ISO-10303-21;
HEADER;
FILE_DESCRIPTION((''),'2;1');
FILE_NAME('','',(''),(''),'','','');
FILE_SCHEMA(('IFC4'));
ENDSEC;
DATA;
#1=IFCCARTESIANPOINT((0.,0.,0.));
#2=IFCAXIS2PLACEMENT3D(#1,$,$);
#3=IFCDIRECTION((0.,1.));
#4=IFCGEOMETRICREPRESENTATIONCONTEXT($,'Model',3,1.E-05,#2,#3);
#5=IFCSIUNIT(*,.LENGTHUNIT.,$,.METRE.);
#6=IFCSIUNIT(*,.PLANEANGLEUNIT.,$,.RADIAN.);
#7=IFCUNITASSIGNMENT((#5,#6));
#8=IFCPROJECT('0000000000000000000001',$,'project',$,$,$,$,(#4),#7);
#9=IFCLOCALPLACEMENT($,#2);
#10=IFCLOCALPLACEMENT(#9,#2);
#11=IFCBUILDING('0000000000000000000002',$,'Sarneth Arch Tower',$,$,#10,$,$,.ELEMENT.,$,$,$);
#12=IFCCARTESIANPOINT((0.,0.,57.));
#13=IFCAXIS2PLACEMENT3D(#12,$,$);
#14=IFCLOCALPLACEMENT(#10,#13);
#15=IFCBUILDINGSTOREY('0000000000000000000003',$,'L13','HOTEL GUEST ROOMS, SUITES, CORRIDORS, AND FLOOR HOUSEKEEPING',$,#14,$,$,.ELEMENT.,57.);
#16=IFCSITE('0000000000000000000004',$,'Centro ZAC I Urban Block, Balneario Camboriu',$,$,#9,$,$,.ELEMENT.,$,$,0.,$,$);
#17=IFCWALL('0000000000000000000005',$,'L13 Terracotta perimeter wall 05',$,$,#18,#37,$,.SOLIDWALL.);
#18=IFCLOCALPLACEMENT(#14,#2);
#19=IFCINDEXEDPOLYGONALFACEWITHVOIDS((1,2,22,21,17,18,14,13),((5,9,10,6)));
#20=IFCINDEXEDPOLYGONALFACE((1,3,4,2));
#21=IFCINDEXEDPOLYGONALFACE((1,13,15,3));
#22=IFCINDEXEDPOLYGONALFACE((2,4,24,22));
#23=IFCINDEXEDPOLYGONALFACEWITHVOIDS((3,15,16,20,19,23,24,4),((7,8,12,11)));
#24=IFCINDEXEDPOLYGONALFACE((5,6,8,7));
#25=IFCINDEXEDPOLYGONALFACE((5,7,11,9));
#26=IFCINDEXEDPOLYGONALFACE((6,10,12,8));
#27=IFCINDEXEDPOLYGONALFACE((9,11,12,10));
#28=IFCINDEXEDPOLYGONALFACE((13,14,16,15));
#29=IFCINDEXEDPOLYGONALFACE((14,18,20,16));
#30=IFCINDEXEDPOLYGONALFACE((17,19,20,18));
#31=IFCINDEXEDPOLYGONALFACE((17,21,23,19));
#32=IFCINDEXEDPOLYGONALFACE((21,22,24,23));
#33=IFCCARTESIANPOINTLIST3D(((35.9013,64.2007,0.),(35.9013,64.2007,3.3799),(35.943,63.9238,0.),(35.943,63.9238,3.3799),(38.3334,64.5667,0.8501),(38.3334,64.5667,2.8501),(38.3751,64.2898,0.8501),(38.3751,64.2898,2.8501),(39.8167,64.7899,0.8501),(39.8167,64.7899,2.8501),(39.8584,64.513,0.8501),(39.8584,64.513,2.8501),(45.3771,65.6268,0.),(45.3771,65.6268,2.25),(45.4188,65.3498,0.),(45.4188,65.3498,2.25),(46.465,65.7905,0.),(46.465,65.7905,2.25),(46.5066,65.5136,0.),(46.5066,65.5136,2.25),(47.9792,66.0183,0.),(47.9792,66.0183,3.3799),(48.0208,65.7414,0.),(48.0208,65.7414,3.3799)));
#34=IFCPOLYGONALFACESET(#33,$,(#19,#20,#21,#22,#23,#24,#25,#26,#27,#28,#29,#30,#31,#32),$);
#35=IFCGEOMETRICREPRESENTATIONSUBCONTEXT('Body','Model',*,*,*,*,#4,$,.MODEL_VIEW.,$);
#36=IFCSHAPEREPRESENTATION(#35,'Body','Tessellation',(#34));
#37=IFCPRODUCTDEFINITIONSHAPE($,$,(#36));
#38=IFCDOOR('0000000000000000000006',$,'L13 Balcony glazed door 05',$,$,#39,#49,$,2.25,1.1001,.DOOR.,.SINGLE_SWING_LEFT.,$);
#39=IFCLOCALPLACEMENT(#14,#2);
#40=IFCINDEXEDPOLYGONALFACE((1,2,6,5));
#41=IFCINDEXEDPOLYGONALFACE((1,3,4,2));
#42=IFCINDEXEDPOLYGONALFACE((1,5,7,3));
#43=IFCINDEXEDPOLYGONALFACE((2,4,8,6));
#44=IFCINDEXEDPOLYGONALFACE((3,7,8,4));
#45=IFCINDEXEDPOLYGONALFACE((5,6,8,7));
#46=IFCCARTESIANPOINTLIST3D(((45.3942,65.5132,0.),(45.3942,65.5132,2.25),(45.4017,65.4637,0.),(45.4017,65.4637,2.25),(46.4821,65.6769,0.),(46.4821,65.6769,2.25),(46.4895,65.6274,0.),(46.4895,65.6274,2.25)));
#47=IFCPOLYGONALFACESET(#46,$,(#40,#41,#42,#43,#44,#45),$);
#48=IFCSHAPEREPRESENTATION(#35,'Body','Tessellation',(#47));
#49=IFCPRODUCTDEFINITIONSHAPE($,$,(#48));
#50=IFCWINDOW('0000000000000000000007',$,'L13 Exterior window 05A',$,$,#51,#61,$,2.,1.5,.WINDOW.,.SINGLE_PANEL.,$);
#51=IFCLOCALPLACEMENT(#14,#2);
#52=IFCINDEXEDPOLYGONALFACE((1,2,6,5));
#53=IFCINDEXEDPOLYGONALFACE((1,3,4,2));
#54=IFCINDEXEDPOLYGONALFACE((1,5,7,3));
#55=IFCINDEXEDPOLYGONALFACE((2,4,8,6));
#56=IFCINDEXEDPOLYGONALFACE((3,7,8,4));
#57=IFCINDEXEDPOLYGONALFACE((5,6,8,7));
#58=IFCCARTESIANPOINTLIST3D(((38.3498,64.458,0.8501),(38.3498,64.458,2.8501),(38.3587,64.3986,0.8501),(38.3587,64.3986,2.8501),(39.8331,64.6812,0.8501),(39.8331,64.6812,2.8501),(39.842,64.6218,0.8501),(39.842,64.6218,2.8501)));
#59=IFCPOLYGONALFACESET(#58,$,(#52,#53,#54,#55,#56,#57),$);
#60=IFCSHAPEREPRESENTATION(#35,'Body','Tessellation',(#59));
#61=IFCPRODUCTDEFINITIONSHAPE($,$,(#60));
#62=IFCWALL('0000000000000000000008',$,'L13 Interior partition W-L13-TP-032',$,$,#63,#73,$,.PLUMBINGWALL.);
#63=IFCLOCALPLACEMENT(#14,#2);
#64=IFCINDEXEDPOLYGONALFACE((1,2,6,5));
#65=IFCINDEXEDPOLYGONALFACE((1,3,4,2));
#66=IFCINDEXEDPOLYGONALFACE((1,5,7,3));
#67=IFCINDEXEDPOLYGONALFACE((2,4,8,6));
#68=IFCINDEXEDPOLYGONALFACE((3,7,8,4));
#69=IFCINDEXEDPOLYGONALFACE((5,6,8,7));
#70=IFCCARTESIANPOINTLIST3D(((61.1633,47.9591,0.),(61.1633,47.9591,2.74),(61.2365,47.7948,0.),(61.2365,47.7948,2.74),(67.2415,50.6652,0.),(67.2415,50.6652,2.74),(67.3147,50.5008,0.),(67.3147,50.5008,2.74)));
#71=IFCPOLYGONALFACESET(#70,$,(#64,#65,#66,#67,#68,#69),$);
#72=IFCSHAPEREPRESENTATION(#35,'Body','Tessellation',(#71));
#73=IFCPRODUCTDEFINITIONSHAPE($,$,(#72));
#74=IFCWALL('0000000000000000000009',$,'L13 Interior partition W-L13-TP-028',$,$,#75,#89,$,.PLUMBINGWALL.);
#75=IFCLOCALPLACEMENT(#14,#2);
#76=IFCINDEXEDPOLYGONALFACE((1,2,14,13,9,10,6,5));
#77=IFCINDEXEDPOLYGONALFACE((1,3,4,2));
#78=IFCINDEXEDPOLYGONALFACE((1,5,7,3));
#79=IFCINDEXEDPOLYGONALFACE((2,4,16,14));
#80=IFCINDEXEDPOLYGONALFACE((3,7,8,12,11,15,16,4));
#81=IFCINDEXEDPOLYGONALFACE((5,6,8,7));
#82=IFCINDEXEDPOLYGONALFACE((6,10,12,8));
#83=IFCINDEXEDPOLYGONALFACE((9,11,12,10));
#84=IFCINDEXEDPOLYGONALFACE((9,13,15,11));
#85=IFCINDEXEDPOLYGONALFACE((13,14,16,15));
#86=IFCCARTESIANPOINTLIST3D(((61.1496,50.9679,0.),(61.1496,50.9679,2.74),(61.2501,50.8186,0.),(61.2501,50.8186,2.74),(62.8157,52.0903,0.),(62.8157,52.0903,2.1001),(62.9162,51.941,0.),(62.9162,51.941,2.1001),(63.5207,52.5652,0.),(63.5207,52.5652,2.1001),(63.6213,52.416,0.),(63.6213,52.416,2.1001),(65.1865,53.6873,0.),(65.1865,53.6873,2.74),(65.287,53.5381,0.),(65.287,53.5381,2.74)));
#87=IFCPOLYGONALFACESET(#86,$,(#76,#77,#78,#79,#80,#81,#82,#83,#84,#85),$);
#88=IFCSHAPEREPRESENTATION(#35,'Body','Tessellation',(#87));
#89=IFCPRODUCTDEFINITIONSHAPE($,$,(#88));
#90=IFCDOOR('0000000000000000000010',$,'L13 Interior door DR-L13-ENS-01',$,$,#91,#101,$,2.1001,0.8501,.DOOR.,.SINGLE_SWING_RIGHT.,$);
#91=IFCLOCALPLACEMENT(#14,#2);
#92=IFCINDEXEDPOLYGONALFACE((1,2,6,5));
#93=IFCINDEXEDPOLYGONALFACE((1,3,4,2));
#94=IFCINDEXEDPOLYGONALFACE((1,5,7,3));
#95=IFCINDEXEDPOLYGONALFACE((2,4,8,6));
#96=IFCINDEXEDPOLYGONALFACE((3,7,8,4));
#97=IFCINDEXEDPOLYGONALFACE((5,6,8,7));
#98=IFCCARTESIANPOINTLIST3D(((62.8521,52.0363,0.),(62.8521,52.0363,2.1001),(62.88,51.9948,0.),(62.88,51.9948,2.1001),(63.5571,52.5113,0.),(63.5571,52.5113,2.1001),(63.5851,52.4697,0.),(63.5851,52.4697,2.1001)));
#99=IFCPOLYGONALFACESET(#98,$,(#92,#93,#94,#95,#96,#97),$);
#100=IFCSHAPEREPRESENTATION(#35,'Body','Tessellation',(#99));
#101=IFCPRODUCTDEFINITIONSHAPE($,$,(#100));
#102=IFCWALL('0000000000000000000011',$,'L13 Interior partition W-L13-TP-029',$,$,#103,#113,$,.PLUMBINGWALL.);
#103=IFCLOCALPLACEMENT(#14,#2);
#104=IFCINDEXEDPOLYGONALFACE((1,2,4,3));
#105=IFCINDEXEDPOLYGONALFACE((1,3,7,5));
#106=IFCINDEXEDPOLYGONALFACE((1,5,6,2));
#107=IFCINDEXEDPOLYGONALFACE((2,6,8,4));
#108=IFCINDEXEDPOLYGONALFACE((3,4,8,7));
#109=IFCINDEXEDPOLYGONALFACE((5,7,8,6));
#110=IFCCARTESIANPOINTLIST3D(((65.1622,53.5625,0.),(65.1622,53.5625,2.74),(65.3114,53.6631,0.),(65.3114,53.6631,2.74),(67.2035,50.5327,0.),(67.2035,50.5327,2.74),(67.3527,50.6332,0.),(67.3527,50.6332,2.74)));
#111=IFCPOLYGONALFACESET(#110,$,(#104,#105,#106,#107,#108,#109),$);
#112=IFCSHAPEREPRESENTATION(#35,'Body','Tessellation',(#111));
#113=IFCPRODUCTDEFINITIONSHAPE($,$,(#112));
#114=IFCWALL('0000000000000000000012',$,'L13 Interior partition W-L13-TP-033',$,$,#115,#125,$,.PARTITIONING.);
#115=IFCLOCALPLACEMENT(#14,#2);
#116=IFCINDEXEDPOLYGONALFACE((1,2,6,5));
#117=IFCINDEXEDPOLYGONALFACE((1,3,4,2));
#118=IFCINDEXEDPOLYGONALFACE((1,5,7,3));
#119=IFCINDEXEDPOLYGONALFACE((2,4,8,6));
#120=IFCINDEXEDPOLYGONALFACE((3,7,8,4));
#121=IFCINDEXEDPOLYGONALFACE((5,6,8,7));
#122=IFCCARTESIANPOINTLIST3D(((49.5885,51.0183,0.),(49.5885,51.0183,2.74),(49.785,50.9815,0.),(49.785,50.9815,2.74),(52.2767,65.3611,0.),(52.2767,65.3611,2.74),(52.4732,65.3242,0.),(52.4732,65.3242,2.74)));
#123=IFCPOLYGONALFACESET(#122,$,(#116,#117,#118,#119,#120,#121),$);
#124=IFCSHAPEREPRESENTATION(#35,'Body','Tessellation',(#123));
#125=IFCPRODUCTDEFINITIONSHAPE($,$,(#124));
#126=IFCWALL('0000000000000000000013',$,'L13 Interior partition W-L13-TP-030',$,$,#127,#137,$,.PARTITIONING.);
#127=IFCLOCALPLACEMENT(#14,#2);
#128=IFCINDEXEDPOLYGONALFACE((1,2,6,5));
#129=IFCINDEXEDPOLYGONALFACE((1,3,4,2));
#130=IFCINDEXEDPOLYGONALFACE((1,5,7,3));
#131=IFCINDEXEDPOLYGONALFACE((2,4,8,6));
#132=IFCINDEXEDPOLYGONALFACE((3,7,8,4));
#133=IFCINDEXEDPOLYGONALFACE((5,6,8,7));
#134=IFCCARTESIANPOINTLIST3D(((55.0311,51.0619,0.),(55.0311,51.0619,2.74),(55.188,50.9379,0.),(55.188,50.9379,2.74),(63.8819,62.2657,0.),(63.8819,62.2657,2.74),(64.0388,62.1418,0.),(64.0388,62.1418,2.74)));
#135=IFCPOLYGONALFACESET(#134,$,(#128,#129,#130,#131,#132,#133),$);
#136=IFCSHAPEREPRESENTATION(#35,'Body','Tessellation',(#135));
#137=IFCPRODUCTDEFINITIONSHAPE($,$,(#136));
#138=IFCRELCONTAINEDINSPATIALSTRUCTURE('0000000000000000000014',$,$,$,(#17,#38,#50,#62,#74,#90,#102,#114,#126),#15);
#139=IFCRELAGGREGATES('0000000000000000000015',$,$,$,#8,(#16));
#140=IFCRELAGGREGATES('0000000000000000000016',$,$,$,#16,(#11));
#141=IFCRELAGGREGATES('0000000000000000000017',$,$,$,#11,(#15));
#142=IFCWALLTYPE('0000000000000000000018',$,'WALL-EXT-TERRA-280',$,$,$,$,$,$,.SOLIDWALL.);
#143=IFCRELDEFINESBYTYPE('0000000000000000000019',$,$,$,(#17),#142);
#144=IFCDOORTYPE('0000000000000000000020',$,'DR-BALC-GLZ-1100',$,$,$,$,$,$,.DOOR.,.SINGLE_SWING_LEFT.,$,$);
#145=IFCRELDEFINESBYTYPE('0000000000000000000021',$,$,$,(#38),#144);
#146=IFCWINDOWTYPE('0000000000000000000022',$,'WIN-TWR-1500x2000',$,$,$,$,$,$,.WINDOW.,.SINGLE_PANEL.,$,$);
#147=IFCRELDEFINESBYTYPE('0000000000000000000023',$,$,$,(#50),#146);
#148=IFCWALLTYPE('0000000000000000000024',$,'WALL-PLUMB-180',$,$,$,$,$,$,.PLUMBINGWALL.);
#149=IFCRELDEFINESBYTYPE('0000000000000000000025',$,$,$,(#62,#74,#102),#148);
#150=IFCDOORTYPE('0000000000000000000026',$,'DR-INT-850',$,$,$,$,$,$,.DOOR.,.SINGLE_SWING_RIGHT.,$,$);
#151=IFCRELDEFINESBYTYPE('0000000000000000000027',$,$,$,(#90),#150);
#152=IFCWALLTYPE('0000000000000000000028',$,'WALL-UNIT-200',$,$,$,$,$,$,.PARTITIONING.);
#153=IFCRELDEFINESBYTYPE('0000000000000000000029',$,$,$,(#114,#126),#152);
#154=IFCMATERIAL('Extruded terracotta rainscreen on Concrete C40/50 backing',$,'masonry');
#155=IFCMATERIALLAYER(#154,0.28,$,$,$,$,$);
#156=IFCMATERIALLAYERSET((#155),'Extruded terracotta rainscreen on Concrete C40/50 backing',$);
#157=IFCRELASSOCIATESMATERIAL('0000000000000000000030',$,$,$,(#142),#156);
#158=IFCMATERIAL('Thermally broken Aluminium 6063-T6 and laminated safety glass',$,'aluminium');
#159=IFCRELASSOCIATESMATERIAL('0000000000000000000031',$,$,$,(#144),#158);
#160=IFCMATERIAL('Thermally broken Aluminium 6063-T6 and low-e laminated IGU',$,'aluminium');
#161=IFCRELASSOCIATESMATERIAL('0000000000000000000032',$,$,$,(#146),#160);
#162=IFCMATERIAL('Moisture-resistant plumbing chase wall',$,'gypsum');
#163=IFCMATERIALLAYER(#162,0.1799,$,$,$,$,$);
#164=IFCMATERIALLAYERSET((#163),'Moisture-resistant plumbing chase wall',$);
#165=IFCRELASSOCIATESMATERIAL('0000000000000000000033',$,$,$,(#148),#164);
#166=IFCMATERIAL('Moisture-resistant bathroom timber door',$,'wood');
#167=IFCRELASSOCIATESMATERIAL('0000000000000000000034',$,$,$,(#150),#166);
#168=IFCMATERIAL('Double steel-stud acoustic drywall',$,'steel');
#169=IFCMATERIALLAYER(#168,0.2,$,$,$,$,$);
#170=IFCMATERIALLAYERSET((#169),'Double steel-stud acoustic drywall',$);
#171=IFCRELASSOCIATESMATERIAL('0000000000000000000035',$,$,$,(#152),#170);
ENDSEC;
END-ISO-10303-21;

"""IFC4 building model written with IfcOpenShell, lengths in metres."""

from ifc_helpers import new_model, si_unit, direction, frame, frame_2d, origin, place, context, subcontext, project, spatial, rectangle, extrude, material, layer, layer_set, type_object, element, fill, save


model = new_model("IFC4")

# Units and contexts
model_context = context("Model", 3, precision=1e-05, world=origin(), true_north=direction((0.0, 1.0)))
body_context = subcontext(model_context, "Body", "Model", "MODEL_VIEW")
ifc_project = project(units=[si_unit("LENGTHUNIT", "METRE"), si_unit("PLANEANGLEUNIT", "RADIAN")], contexts=[model_context])

# Site, building, storey
site_placement = place(None, origin())
site = spatial("IfcSite", under=ifc_project, at=site_placement, Name="Centro ZAC I Urban Block, Balneario Camboriu", CompositionType="ELEMENT", RefElevation=0.0)
building_placement = place(site_placement, origin())
building = spatial("IfcBuilding", under=site, at=building_placement, Name="Sarneth Arch Tower", CompositionType="ELEMENT")
storey_placement = place(building_placement, frame((0.0, 0.0, 57.0)))
storey = spatial("IfcBuildingStorey", under=building, at=storey_placement, Name="L13", Description="HOTEL GUEST ROOMS, SUITES, CORRIDORS, AND FLOOR HOUSEKEEPING", CompositionType="ELEMENT", Elevation=57.0)

# Wall, openings, door, window
ifc_material_1 = material(Name="Extruded terracotta rainscreen on Concrete C40/50 backing", Category="masonry")
ifc_layer_1 = layer(ifc_material_1, 0.28)
ifc_layer_set_1 = layer_set([ifc_layer_1], Name="Extruded terracotta rainscreen on Concrete C40/50 backing")
wall_type_1 = type_object("IfcWallType", Name="WALL-EXT-TERRA-280", PredefinedType="SOLIDWALL", material=ifc_layer_set_1)
wall_1_placement = place(storey_placement, frame((48.0, 65.8799, 0.0), z_axis=(0.0, 0.0, 1.0), x_axis=(-0.988865, -0.148816, 0.0)))
wall_1 = element("IfcWall", 1, at=wall_1_placement, inside=storey, type_object=wall_type_1, Name="L13 Terracotta perimeter wall 05", PredefinedType="SOLIDWALL", context=body_context, shape_type="SweptSolid", body=[
    extrude(rectangle(XDim=12.2139, YDim=0.28, at=frame_2d((6.1069, 0.0))), origin(), (0.0, 0.0, 1.0), 3.3799),
])
opening_1_placement = place(wall_1_placement, frame((1.5312, 0.0, 0.0)))
opening_1 = element("IfcOpeningElement", 2, at=opening_1_placement, cuts=wall_1, PredefinedType="OPENING", context=body_context, shape_type="SweptSolid", body=[
    extrude(rectangle(XDim=1.1001, YDim=2.25, at=frame_2d((0.55, 1.125))), frame((0.0, 0.1499, 0.0), z_axis=(0.0, -1.0, 0.0), x_axis=(1.0, 0.0, 0.0)), (0.0, 0.0, 1.0), 0.3),
])
opening_2_placement = place(wall_1_placement, frame((8.2544, 0.0, 0.8501)))
opening_2 = element("IfcOpeningElement", 3, at=opening_2_placement, cuts=wall_1, PredefinedType="OPENING", context=body_context, shape_type="SweptSolid", body=[
    extrude(rectangle(XDim=1.5, YDim=2.0, at=frame_2d((0.75, 1.0))), frame((0.0, 0.1499, 0.0), z_axis=(0.0, -1.0, 0.0), x_axis=(1.0, 0.0, 0.0)), (0.0, 0.0, 1.0), 0.3),
])
ifc_material_2 = material(Name="Thermally broken Aluminium 6063-T6 and laminated safety glass", Category="aluminium")
door_type_1 = type_object("IfcDoorType", Name="DR-BALC-GLZ-1100", OperationType="SINGLE_SWING_LEFT", PredefinedType="DOOR", material=ifc_material_2)
door_1_placement = place(opening_1_placement, origin())
door_1 = element("IfcDoor", 4, at=door_1_placement, inside=storey, type_object=door_type_1, Name="L13 Balcony glazed door 05", OperationType="SINGLE_SWING_LEFT", OverallHeight=2.25, OverallWidth=1.1001, PredefinedType="DOOR", context=body_context, shape_type="SweptSolid", body=[
    extrude(rectangle(XDim=1.1001, YDim=2.25, at=frame_2d((0.55, 1.125))), frame((0.0, 0.0249, 0.0), z_axis=(0.0, -1.0, 0.0), x_axis=(1.0, 0.0, 0.0)), (0.0, 0.0, 1.0), 0.05),
])
fill(opening_1, door_1)
ifc_material_3 = material(Name="Thermally broken Aluminium 6063-T6 and low-e laminated IGU", Category="aluminium")
window_type = type_object("IfcWindowType", Name="WIN-TWR-1500x2000", PartitioningType="SINGLE_PANEL", PredefinedType="WINDOW", material=ifc_material_3)
window_placement = place(opening_2_placement, origin())
window = element("IfcWindow", 5, at=window_placement, inside=storey, type_object=window_type, Name="L13 Exterior window 05A", OverallHeight=2.0, OverallWidth=1.5, PartitioningType="SINGLE_PANEL", PredefinedType="WINDOW", context=body_context, shape_type="SweptSolid", body=[
    extrude(rectangle(XDim=1.5, YDim=2.0, at=frame_2d((0.75, 1.0))), frame((0.0, 0.03, 0.0), z_axis=(0.0, -1.0, 0.0), x_axis=(1.0, 0.0, 0.0)), (0.0, 0.0, 1.0), 0.0601),
])
fill(opening_2, window)

# Wall
ifc_material_4 = material(Name="Moisture-resistant plumbing chase wall", Category="gypsum")
ifc_layer_2 = layer(ifc_material_4, 0.1799)
ifc_layer_set_2 = layer_set([ifc_layer_2], Name="Moisture-resistant plumbing chase wall")
wall_type_2 = type_object("IfcWallType", Name="WALL-PLUMB-180", PredefinedType="PLUMBINGWALL", material=ifc_layer_set_2)
wall_2_placement = place(storey_placement, frame((67.2781, 50.583, 0.0), z_axis=(0.0, 0.0, 1.0), x_axis=(-0.913551, -0.406724, 0.0)))
element("IfcWall", 6, at=wall_2_placement, inside=storey, type_object=wall_type_2, Name="L13 Interior partition W-L13-TP-032", PredefinedType="PLUMBINGWALL", context=body_context, shape_type="SweptSolid", body=[
    extrude(rectangle(XDim=6.6533, YDim=0.1799, at=frame_2d((3.3267, 0.0))), origin(), (0.0, 0.0, 1.0), 2.74),
])

# Wall, opening, door
wall_3_placement = place(storey_placement, frame((61.2, 50.8933, 0.0), z_axis=(0.0, 0.0, 1.0), x_axis=(0.829363, 0.55871, 0.0)))
wall_3 = element("IfcWall", 7, at=wall_3_placement, inside=storey, type_object=wall_type_2, Name="L13 Interior partition W-L13-TP-028", PredefinedType="PLUMBINGWALL", context=body_context, shape_type="SweptSolid", body=[
    extrude(rectangle(XDim=4.8674, YDim=0.1799, at=frame_2d((2.4336, 0.0))), origin(), (0.0, 0.0, 1.0), 2.74),
])
opening_3_placement = place(wall_3_placement, frame((2.0088, 0.0, 0.0)))
opening_3 = element("IfcOpeningElement", 8, at=opening_3_placement, cuts=wall_3, PredefinedType="OPENING", context=body_context, shape_type="SweptSolid", body=[
    extrude(rectangle(XDim=0.8501, YDim=2.1001, at=frame_2d((0.425, 1.05))), frame((0.0, 0.0999, 0.0), z_axis=(0.0, -1.0, 0.0), x_axis=(1.0, 0.0, 0.0)), (0.0, 0.0, 1.0), 0.2),
])
ifc_material_5 = material(Name="Moisture-resistant bathroom timber door", Category="wood")
door_type_2 = type_object("IfcDoorType", Name="DR-INT-850", OperationType="SINGLE_SWING_RIGHT", PredefinedType="DOOR", material=ifc_material_5)
door_2_placement = place(opening_3_placement, origin())
door_2 = element("IfcDoor", 9, at=door_2_placement, inside=storey, type_object=door_type_2, Name="L13 Interior door DR-L13-ENS-01", OperationType="SINGLE_SWING_RIGHT", OverallHeight=2.1001, OverallWidth=0.8501, PredefinedType="DOOR", context=body_context, shape_type="SweptSolid", body=[
    extrude(rectangle(XDim=0.8501, YDim=2.1001, at=frame_2d((0.425, 1.05))), frame((0.0, 0.0249, 0.0), z_axis=(0.0, -1.0, 0.0), x_axis=(1.0, 0.0, 0.0)), (0.0, 0.0, 1.0), 0.05),
])
fill(opening_3, door_2)

# Walls
wall_4_placement = place(storey_placement, frame((65.2368, 53.6128, 0.0), z_axis=(0.0, 0.0, 1.0), x_axis=(0.55875, -0.829336, 0.0)))
element("IfcWall", 10, at=wall_4_placement, inside=storey, type_object=wall_type_2, Name="L13 Interior partition W-L13-TP-029", PredefinedType="PLUMBINGWALL", context=body_context, shape_type="SweptSolid", body=[
    extrude(rectangle(XDim=3.6533, YDim=0.1799, at=frame_2d((1.8267, 0.0))), origin(), (0.0, 0.0, 1.0), 2.74),
])
ifc_material_6 = material(Name="Double steel-stud acoustic drywall", Category="steel")
ifc_layer_3 = layer(ifc_material_6, 0.2)
ifc_layer_set_3 = layer_set([ifc_layer_3], Name="Double steel-stud acoustic drywall")
wall_type_3 = type_object("IfcWallType", Name="WALL-UNIT-200", PredefinedType="PARTITIONING", material=ifc_layer_set_3)
wall_5_placement = place(storey_placement, frame((52.375, 65.3428, 0.0), z_axis=(0.0, 0.0, 1.0), x_axis=(-0.18422, -0.982885, 0.0)))
element("IfcWall", 11, at=wall_5_placement, inside=storey, type_object=wall_type_3, Name="L13 Interior partition W-L13-TP-033", PredefinedType="PARTITIONING", context=body_context, shape_type="SweptSolid", body=[
    extrude(rectangle(XDim=14.5925, YDim=0.2, at=frame_2d((7.2964, 0.0))), origin(), (0.0, 0.0, 1.0), 2.74),
])
wall_6_placement = place(storey_placement, frame((63.9604, 62.2039, 0.0), z_axis=(0.0, 0.0, 1.0), x_axis=(-0.619889, -0.784689, 0.0)))
element("IfcWall", 12, at=wall_6_placement, inside=storey, type_object=wall_type_3, Name="L13 Interior partition W-L13-TP-030", PredefinedType="PARTITIONING", context=body_context, shape_type="SweptSolid", body=[
    extrude(rectangle(XDim=14.2781, YDim=0.2, at=frame_2d((7.1392, 0.0))), origin(), (0.0, 0.0, 1.0), 2.74),
])

save(model, "model.ifc")
